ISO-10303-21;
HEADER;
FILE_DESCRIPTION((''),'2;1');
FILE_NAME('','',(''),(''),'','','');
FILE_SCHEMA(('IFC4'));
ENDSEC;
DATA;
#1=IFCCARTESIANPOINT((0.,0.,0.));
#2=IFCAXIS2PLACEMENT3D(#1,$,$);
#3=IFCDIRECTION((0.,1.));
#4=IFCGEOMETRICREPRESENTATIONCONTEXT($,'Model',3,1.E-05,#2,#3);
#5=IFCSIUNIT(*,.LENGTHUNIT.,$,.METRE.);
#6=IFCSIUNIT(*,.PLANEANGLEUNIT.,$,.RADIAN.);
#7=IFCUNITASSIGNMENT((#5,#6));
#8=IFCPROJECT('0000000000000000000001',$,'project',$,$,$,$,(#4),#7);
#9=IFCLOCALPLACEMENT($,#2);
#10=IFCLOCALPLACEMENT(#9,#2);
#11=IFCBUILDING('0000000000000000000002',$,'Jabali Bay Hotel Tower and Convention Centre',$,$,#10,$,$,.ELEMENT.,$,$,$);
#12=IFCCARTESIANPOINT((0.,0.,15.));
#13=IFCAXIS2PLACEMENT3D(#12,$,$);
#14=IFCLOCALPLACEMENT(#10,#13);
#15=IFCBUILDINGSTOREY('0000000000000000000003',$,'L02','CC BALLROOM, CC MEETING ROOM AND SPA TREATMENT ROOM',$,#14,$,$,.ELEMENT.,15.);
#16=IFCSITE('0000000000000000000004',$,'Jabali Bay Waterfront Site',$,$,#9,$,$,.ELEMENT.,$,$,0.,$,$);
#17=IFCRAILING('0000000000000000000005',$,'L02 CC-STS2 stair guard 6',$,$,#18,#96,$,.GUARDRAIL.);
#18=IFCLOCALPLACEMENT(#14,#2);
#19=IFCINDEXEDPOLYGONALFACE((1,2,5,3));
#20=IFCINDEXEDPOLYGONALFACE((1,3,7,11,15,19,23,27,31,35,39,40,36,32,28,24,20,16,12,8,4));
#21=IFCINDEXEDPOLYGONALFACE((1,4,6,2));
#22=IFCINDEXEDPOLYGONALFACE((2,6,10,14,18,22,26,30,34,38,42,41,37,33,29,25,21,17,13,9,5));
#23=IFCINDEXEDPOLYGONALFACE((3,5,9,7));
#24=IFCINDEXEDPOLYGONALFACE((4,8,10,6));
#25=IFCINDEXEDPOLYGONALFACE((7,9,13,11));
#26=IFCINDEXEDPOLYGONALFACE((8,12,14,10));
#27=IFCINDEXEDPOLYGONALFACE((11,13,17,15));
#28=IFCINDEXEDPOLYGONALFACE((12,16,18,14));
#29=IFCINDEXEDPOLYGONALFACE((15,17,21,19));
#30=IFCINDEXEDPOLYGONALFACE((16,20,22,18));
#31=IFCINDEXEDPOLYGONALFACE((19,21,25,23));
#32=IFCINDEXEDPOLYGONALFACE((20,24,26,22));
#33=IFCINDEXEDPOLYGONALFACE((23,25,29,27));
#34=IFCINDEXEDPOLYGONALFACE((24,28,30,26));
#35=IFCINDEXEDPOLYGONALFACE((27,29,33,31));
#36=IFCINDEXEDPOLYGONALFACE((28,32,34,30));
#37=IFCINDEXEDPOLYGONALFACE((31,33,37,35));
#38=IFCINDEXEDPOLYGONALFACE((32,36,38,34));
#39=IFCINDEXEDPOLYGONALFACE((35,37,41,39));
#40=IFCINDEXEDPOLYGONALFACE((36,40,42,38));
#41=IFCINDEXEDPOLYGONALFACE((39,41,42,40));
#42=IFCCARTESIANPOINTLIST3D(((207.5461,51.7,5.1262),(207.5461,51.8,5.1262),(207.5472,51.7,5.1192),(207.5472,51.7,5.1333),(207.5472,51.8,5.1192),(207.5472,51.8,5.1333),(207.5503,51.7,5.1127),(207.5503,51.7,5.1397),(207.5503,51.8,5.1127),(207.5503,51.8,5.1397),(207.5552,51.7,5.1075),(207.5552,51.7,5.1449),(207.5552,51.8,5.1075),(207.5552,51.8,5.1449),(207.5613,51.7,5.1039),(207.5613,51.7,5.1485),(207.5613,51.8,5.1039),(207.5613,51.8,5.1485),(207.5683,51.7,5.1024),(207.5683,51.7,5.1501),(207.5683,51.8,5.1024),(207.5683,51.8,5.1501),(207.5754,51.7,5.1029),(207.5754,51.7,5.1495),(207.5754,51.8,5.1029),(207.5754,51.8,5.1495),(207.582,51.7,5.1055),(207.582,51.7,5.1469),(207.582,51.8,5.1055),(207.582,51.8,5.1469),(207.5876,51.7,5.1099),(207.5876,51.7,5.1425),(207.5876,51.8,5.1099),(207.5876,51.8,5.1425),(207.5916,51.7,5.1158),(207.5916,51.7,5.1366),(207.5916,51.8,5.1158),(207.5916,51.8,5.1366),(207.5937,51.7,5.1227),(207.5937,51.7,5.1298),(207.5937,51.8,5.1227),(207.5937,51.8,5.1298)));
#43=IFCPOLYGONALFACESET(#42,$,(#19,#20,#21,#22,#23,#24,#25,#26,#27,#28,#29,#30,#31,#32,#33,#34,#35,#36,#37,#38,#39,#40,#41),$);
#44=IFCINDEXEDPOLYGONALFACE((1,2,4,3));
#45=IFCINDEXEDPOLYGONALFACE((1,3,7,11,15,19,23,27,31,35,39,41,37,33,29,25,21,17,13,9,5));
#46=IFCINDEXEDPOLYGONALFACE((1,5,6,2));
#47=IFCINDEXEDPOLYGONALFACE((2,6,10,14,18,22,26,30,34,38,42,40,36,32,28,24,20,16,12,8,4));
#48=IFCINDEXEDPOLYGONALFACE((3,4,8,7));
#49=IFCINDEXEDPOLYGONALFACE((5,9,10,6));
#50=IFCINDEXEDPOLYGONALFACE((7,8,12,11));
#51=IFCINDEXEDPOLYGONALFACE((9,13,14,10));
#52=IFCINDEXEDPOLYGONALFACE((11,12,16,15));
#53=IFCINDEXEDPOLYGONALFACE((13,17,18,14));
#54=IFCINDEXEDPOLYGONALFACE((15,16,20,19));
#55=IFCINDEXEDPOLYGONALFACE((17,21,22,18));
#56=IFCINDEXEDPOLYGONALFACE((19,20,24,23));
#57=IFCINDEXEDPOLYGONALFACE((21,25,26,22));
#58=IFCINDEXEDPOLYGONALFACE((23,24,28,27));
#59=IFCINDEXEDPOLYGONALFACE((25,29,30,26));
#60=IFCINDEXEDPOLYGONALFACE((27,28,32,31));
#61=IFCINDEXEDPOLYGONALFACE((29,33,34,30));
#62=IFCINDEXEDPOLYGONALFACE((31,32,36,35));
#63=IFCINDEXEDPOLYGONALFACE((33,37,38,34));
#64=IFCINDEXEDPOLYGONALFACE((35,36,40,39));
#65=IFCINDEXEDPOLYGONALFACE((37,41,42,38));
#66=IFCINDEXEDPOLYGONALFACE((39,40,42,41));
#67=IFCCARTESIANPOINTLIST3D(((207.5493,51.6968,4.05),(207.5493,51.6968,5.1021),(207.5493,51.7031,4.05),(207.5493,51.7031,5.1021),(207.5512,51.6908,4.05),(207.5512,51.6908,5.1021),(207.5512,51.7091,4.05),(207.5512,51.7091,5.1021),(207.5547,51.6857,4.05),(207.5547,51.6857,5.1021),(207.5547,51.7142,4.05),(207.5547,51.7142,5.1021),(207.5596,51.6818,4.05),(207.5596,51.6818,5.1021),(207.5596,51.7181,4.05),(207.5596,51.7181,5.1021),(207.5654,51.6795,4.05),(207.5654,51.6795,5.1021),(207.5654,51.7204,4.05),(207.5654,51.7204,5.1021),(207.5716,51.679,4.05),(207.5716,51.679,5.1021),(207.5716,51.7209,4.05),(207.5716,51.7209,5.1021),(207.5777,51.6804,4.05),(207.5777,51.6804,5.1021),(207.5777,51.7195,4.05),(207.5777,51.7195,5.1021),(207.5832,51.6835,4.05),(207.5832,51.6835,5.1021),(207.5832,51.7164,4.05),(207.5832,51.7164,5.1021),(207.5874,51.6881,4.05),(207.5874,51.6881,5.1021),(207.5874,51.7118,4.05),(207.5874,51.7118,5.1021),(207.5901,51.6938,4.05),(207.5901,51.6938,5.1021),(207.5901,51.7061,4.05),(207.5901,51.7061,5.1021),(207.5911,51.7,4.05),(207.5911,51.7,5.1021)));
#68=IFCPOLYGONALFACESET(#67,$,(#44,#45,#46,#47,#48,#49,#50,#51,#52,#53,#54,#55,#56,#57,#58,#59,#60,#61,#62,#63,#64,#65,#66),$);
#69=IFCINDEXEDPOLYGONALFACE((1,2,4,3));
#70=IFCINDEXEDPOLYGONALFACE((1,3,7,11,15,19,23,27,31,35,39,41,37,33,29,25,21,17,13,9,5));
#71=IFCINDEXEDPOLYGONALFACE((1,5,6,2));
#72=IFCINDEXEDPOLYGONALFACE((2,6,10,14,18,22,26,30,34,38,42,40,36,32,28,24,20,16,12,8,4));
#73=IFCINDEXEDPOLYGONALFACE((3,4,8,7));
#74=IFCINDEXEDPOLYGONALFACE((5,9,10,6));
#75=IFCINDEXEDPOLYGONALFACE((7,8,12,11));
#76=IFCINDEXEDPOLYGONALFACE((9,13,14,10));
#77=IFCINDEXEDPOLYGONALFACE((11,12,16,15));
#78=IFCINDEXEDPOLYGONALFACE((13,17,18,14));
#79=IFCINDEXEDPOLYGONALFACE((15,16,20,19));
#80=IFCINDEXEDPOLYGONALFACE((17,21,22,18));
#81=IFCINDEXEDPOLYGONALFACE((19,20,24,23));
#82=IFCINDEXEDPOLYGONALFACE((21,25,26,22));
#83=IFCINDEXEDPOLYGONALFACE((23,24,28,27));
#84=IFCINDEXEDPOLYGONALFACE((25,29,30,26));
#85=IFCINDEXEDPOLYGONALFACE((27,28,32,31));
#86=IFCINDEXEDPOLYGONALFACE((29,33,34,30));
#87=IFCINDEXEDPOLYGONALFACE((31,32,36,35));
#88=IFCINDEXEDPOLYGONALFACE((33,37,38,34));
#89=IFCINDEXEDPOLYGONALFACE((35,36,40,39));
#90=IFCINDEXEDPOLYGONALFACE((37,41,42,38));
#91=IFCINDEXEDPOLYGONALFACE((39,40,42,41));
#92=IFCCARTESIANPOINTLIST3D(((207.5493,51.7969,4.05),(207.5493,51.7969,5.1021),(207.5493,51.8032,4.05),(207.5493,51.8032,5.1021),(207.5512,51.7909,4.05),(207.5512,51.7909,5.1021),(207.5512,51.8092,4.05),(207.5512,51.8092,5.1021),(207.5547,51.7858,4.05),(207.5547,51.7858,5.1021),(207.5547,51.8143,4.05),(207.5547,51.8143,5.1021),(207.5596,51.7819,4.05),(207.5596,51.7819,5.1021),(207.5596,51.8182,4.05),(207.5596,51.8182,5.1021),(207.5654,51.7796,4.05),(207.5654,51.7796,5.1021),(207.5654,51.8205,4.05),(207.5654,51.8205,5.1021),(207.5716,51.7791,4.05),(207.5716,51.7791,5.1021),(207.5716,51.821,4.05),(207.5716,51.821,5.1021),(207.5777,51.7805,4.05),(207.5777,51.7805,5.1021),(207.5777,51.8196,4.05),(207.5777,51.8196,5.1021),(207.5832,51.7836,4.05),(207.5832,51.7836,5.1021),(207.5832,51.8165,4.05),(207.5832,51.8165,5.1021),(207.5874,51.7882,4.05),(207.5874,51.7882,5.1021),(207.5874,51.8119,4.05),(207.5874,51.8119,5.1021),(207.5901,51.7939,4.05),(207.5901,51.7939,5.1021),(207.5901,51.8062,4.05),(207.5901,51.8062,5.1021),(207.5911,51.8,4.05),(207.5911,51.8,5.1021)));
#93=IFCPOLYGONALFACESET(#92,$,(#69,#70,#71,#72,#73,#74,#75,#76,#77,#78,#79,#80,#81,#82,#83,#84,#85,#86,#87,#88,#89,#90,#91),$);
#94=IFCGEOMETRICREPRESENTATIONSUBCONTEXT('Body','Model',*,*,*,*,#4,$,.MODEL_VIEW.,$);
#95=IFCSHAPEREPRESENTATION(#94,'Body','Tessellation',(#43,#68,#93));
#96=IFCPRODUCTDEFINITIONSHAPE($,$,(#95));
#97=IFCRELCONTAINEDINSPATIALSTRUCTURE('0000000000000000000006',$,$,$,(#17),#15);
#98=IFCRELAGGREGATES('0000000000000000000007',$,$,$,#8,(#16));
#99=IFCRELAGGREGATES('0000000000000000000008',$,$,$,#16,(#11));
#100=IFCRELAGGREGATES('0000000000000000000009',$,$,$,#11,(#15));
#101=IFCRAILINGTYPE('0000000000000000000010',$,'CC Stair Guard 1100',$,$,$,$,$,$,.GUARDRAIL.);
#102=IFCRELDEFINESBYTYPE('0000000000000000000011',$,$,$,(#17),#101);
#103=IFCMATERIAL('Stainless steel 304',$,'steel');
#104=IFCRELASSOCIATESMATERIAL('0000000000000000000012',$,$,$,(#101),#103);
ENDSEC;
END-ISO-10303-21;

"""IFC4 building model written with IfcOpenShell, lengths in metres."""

from ifc_helpers import new_model, si_unit, direction, frame, origin, origin_2d, place, context, subcontext, project, spatial, circle, extrude, material, type_object, element, save


model = new_model("IFC4")

# Units and contexts
model_context = context("Model", 3, precision=1e-05, world=origin(), true_north=direction((0.0, 1.0)))
body_context = subcontext(model_context, "Body", "Model", "MODEL_VIEW")
ifc_project = project(units=[si_unit("LENGTHUNIT", "METRE"), si_unit("PLANEANGLEUNIT", "RADIAN")], contexts=[model_context])

# Site, building, storey
site_placement = place(None, origin())
site = spatial("IfcSite", under=ifc_project, at=site_placement, Name="Jabali Bay Waterfront Site", CompositionType="ELEMENT", RefElevation=0.0)
building_placement = place(site_placement, origin())
building = spatial("IfcBuilding", under=site, at=building_placement, Name="Jabali Bay Hotel Tower and Convention Centre", CompositionType="ELEMENT")
storey_placement = place(building_placement, frame((0.0, 0.0, 15.0)))
storey = spatial("IfcBuildingStorey", under=building, at=storey_placement, Name="L02", Description="CC BALLROOM, CC MEETING ROOM AND SPA TREATMENT ROOM", CompositionType="ELEMENT", Elevation=15.0)

# Railing
ifc_material_1 = material(Name="Stainless steel 304", Category="steel")
railing_type_1 = type_object("IfcRailingType", Name="CC Stair Guard 1100", PredefinedType="GUARDRAIL", material=ifc_material_1)
railing_1_placement = place(storey_placement, frame((207.5701, 51.7, 4.05)))
element("IfcRailing", 1, at=railing_1_placement, inside=storey, type_object=railing_type_1, Name="L02 CC-STS2 stair guard 6", PredefinedType="GUARDRAIL", context=body_context, shape_type="SweptSolid", body=[
    extrude(circle(Radius=0.0239, at=origin_2d()), frame((0.0, 0.0, 1.0762), z_axis=(0.0, 1.0, 0.0), x_axis=(-1.0, 0.0, 0.0)), (0.0, 0.0, 1.0), 0.1001),
    extrude(circle(Radius=0.021, at=origin_2d()), origin(), (0.0, 0.0, 1.0), 1.052),
    extrude(circle(Radius=0.021, at=origin_2d()), frame((0.0, 0.1001, 0.0)), (0.0, 0.0, 1.0), 1.052),
])

save(model, "model.ifc")
